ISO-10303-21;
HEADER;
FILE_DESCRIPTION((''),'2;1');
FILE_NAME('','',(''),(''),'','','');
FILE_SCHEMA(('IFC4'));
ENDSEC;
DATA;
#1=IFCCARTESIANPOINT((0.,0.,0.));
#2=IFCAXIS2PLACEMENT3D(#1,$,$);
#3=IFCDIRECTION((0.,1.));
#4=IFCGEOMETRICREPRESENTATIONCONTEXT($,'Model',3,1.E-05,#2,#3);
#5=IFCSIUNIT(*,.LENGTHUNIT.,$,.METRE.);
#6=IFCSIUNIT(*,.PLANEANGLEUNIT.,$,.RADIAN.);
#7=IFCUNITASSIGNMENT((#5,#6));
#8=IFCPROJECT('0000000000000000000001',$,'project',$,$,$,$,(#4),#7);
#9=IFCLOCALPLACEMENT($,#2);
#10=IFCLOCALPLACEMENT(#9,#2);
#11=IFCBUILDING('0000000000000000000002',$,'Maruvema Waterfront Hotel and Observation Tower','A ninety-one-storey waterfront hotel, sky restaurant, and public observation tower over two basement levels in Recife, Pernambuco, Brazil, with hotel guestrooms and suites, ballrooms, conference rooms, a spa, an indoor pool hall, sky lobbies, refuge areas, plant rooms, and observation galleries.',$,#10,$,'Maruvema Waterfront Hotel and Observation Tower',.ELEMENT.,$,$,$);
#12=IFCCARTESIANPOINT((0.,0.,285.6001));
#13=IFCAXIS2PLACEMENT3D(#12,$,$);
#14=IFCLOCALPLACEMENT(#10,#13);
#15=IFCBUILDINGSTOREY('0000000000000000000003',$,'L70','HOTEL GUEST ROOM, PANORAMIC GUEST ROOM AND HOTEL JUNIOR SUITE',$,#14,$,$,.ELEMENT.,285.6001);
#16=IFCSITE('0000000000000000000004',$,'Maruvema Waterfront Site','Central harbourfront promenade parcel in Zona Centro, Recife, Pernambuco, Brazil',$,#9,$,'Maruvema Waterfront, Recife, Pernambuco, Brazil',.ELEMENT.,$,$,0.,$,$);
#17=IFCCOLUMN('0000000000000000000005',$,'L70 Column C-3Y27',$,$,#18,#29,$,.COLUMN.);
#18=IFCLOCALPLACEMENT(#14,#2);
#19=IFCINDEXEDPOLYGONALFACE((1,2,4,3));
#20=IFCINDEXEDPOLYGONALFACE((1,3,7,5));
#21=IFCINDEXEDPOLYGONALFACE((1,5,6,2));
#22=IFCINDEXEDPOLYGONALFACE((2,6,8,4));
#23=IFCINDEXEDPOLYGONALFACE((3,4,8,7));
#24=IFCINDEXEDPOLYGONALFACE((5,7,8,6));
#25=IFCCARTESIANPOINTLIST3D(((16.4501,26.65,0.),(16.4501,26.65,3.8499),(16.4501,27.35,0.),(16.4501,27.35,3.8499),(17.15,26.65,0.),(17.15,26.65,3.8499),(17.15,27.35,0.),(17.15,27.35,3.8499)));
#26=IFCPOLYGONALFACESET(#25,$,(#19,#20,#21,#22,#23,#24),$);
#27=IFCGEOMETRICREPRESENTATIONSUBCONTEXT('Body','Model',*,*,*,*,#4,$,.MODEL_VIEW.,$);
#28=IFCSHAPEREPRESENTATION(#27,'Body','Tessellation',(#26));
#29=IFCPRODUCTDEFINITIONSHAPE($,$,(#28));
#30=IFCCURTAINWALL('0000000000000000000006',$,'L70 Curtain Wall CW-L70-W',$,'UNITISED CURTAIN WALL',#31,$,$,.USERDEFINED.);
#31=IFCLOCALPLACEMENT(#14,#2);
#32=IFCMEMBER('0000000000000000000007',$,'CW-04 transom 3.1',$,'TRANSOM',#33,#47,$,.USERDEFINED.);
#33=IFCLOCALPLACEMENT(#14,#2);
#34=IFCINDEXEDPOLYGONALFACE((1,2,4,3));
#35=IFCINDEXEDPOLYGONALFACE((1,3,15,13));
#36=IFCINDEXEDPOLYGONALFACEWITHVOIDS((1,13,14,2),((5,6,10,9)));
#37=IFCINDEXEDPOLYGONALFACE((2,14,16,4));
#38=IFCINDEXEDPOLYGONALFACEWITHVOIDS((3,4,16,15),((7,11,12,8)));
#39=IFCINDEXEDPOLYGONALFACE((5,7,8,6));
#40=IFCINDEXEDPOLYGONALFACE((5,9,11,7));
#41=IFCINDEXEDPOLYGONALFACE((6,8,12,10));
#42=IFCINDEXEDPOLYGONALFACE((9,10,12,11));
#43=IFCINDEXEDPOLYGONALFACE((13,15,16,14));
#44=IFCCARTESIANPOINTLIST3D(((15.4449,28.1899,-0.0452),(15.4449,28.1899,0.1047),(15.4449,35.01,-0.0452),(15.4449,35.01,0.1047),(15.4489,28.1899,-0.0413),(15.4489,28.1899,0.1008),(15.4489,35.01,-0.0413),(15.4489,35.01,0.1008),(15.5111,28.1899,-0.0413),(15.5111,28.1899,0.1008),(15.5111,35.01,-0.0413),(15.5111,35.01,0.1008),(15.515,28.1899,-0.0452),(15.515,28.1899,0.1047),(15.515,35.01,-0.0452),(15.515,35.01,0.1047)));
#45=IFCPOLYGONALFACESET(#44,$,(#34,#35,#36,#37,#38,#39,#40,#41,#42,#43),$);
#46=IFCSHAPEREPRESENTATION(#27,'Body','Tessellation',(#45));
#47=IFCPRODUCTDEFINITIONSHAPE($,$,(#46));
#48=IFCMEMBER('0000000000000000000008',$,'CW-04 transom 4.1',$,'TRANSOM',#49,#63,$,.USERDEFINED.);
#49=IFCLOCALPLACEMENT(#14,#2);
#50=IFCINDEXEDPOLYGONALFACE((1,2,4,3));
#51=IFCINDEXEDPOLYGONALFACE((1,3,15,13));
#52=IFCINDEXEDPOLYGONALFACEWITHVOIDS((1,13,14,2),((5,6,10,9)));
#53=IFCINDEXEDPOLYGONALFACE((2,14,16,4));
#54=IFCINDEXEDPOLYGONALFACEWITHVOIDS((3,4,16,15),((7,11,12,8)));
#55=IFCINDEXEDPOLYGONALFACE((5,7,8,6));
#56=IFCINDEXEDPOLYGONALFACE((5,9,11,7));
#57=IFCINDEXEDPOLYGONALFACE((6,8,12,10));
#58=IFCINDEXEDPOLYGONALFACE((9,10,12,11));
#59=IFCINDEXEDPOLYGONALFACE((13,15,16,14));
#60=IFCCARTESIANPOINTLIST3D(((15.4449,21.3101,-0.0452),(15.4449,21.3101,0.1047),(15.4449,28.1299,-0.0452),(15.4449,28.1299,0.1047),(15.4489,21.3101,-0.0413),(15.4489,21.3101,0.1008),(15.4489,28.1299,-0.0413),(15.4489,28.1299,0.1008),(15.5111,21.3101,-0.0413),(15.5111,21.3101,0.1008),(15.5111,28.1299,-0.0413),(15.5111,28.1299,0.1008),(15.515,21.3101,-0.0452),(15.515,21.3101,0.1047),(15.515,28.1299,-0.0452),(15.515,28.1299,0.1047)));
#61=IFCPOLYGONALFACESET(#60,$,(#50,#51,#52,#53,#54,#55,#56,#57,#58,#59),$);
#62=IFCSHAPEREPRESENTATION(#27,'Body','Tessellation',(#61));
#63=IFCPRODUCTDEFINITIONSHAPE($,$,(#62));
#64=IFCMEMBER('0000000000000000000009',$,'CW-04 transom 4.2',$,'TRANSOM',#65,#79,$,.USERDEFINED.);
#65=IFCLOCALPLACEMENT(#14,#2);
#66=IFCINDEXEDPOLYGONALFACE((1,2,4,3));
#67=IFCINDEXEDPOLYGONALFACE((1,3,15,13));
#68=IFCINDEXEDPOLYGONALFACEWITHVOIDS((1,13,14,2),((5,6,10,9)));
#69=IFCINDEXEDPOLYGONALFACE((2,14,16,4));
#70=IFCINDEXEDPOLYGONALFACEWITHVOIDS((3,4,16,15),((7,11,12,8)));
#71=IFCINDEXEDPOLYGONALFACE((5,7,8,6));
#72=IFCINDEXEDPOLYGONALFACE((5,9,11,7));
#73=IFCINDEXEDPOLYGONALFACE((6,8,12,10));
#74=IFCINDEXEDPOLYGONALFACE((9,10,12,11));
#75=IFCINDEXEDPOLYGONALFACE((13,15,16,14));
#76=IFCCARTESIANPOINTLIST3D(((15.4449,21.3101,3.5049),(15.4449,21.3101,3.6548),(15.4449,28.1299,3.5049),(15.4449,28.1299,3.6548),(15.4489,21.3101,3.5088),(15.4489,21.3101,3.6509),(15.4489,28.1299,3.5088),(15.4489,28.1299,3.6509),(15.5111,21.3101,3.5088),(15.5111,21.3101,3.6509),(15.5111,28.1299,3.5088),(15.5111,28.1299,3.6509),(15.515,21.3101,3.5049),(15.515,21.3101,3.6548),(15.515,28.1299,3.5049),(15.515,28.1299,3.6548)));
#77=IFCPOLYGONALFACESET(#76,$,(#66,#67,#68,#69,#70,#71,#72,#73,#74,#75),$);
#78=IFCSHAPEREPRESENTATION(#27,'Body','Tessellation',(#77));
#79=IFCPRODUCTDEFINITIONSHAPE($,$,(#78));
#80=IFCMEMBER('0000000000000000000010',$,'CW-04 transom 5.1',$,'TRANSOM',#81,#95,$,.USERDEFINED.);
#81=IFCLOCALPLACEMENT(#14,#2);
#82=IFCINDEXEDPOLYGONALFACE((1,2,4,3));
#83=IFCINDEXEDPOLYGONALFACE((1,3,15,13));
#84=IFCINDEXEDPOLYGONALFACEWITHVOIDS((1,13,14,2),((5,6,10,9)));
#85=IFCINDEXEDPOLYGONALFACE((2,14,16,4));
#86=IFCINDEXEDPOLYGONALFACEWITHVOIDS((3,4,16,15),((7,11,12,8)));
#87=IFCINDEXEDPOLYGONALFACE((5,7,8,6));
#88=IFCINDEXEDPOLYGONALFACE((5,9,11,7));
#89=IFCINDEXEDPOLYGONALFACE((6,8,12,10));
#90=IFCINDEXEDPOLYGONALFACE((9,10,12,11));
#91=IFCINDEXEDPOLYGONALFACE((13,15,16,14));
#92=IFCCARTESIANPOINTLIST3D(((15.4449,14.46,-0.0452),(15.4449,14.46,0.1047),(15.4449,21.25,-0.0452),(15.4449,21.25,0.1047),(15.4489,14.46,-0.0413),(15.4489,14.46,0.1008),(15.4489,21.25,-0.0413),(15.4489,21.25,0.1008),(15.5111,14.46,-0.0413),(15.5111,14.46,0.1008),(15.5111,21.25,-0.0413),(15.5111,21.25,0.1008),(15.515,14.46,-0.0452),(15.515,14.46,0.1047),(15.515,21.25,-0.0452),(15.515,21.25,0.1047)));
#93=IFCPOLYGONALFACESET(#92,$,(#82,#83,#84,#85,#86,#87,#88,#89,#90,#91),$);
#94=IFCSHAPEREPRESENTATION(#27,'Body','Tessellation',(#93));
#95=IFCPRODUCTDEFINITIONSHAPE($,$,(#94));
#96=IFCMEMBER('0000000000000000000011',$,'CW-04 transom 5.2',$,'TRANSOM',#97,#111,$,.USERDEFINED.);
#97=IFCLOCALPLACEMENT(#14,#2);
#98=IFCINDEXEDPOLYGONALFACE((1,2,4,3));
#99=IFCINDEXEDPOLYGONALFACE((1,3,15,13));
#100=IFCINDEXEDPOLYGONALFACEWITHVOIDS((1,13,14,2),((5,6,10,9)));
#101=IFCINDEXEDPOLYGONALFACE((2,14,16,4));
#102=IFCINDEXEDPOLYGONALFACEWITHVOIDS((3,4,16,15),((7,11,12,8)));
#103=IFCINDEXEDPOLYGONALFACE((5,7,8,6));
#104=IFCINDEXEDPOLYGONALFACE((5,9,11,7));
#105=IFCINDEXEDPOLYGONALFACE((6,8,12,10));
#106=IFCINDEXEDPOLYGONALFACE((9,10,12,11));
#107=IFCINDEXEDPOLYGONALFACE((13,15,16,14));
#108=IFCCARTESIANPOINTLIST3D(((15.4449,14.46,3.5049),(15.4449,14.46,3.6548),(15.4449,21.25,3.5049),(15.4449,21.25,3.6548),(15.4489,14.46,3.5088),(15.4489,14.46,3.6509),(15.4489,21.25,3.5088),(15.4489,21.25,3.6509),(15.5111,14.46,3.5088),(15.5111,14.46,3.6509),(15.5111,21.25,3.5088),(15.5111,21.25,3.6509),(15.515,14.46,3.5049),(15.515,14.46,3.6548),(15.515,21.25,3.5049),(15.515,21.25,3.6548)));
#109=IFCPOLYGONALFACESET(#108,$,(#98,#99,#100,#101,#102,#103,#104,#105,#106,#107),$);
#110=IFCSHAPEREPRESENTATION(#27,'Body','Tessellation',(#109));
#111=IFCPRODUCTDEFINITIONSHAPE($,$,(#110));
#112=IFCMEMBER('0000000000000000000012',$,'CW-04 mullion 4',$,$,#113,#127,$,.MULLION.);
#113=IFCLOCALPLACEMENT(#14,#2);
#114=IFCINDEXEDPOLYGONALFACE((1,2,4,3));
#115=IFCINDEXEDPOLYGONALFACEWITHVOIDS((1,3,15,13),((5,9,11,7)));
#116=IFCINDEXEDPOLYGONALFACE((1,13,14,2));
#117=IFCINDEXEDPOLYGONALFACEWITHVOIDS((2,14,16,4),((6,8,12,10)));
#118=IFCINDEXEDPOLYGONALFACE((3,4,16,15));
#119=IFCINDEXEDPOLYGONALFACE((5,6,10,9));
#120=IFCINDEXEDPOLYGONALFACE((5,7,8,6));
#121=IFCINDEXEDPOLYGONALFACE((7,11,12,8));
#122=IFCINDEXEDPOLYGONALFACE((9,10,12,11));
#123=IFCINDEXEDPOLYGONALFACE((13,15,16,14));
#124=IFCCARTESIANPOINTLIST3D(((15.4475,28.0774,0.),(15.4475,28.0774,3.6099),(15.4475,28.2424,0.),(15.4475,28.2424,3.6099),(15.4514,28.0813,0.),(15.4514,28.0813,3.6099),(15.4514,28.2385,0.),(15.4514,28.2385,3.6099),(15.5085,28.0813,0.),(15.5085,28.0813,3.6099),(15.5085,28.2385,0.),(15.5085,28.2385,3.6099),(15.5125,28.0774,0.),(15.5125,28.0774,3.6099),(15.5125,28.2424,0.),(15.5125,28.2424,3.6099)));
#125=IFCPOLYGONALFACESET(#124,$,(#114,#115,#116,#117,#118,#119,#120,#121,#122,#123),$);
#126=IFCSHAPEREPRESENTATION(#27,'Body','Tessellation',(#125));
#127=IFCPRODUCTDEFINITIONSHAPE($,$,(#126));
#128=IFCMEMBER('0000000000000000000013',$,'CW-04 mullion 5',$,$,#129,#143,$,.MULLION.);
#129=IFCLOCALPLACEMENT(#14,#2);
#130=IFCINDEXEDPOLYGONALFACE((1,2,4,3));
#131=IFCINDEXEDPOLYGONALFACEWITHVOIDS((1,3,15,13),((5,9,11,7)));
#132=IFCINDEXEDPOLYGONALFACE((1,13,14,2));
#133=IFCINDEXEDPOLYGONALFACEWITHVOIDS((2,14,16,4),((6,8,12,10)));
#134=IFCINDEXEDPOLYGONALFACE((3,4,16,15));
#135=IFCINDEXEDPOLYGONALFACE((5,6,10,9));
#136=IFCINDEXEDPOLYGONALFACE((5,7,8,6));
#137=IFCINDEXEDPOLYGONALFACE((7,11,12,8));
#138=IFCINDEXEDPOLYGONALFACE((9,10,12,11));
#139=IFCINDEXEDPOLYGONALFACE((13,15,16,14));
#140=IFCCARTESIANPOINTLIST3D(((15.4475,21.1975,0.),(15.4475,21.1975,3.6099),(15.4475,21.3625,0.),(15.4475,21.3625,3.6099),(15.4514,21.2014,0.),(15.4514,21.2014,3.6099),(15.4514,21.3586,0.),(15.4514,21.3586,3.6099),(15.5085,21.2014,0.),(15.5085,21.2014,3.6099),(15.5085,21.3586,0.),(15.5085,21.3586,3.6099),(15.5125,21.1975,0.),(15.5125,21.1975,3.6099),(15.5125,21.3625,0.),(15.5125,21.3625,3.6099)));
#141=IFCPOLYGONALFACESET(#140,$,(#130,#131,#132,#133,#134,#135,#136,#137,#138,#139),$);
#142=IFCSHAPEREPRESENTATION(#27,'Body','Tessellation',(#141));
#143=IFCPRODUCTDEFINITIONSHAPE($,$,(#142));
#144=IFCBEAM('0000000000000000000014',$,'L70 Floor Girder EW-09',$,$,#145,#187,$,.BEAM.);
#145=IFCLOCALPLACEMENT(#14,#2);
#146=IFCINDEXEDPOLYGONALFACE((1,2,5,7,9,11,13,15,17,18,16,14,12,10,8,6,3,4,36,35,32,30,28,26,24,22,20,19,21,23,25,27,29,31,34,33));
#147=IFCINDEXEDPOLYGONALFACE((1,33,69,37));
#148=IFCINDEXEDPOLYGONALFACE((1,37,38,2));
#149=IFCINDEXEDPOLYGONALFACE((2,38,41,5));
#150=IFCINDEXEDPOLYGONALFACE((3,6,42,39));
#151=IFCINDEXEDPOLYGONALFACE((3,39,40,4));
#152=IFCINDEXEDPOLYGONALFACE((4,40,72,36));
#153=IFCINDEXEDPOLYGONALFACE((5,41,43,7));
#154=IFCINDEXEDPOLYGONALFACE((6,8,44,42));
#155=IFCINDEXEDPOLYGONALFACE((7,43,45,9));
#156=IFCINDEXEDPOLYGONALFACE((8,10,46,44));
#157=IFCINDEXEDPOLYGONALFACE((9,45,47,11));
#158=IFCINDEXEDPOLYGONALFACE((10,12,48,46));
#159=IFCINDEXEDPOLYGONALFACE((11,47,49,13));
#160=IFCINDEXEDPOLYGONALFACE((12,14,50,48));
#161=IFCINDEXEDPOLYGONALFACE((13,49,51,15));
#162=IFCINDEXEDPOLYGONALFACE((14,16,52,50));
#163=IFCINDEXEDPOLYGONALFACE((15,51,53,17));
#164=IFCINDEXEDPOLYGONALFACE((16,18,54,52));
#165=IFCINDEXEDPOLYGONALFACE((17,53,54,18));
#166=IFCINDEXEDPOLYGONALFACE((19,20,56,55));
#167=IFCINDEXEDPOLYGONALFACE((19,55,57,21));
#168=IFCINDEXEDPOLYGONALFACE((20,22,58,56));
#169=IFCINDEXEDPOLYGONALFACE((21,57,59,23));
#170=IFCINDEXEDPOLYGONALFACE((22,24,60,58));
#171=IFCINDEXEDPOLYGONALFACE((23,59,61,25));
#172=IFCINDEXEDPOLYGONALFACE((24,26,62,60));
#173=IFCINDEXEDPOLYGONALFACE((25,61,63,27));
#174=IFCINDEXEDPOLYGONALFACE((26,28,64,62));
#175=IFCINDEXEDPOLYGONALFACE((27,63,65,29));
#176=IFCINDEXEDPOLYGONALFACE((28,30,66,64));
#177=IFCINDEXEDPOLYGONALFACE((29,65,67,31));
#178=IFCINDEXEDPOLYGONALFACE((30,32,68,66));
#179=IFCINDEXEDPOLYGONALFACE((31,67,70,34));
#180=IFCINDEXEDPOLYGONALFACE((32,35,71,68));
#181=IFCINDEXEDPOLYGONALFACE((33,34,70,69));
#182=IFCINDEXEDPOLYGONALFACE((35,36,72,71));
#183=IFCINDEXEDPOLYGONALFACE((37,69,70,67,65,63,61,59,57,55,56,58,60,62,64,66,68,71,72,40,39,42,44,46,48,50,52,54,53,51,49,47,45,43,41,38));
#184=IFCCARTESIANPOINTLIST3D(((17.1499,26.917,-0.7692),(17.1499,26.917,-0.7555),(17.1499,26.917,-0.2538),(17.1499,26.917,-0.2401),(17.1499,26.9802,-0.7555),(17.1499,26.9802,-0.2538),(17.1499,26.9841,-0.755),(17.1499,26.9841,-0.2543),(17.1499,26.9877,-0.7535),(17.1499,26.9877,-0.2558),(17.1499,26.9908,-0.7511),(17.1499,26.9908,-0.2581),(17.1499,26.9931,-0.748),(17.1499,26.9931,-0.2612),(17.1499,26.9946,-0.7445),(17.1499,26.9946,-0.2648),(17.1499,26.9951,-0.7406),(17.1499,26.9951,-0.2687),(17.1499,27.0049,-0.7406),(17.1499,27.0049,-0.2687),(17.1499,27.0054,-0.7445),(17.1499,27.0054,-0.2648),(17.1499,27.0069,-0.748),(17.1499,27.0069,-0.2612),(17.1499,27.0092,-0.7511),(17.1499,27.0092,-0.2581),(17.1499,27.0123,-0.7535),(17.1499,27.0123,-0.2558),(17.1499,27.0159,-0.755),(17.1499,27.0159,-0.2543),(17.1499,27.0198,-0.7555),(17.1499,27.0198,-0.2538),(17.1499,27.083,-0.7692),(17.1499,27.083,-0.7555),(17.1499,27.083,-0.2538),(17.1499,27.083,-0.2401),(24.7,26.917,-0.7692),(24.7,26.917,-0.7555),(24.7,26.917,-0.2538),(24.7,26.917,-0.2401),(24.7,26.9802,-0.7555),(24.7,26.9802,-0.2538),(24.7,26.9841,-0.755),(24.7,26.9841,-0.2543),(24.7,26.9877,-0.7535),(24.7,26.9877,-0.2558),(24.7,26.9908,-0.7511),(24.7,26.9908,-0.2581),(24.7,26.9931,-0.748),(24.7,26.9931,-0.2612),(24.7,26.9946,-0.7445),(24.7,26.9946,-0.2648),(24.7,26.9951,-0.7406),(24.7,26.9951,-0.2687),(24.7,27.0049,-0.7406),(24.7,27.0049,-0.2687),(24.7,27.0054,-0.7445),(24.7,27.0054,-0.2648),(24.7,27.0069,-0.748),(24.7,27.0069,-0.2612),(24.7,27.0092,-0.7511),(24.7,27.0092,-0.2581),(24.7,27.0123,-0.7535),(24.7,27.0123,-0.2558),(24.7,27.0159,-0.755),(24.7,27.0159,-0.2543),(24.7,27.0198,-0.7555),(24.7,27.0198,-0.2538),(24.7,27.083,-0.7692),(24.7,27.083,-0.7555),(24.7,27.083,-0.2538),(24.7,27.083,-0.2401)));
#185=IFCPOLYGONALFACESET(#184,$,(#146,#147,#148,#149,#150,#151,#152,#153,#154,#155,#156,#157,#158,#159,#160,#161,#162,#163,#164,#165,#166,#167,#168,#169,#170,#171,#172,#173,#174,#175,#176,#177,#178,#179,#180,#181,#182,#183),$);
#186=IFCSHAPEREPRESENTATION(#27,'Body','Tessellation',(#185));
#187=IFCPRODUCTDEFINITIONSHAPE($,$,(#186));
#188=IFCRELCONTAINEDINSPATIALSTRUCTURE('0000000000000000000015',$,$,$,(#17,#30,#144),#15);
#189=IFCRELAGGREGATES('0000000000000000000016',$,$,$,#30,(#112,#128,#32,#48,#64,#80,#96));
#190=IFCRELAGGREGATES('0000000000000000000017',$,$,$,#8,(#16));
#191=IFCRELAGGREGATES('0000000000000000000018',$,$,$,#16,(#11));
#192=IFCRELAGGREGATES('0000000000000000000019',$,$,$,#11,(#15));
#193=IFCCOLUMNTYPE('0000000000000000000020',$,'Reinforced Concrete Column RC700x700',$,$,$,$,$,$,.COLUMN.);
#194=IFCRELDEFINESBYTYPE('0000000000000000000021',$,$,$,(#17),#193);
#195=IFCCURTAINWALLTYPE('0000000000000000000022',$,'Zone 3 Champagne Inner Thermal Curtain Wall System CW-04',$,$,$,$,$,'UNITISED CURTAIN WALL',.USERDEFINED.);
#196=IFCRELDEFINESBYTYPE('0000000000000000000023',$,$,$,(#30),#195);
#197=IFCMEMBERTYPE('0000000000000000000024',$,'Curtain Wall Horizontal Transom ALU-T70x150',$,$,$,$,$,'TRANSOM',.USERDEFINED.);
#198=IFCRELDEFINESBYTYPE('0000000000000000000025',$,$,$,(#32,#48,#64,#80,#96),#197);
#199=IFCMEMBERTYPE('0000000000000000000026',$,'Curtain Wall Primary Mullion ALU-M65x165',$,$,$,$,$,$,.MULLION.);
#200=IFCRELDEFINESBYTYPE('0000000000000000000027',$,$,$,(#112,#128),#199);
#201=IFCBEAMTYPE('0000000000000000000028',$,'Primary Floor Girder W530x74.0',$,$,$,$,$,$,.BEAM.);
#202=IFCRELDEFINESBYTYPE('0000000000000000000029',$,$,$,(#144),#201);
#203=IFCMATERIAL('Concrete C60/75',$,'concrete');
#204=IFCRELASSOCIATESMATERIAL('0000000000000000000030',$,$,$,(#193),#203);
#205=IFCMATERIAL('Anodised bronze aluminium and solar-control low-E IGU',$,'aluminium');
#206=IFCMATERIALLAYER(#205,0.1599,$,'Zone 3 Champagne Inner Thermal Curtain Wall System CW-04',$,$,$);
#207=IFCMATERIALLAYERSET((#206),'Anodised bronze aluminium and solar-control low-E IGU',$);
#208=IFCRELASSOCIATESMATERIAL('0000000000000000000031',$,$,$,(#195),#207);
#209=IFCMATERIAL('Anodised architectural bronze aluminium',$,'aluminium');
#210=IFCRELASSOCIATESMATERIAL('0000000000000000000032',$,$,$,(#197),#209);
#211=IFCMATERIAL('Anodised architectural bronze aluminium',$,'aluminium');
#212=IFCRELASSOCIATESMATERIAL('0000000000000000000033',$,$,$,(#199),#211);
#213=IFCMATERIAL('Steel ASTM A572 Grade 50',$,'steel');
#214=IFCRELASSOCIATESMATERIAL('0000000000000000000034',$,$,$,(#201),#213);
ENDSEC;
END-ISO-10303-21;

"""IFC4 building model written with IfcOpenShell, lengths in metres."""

from ifc_helpers import new_model, si_unit, direction, frame, origin, origin_2d, place, context, subcontext, project, spatial, rectangle, hollow_rectangle, i_section, extrude, material, layer, layer_set, material_profile, profile_set, type_object, element, aggregate, save


model = new_model("IFC4")

# Units and contexts
model_context = context("Model", 3, precision=1e-05, world=origin(), true_north=direction((0.0, 1.0)))
body_context = subcontext(model_context, "Body", "Model", "MODEL_VIEW")
ifc_project = project(units=[si_unit("LENGTHUNIT", "METRE"), si_unit("PLANEANGLEUNIT", "RADIAN")], contexts=[model_context])

# Site, building, storey
site_placement = place(None, origin())
site = spatial("IfcSite", under=ifc_project, at=site_placement, Name="Maruvema Waterfront Site", Description="Central harbourfront promenade parcel in Zona Centro, Recife, Pernambuco, Brazil", LongName="Maruvema Waterfront, Recife, Pernambuco, Brazil", CompositionType="ELEMENT", RefElevation=0.0)
building_placement = place(site_placement, origin())
building = spatial("IfcBuilding", under=site, at=building_placement, Name="Maruvema Waterfront Hotel and Observation Tower", Description="A ninety-one-storey waterfront hotel, sky restaurant, and public observation tower over two basement levels in Recife, Pernambuco, Brazil, with hotel guestrooms and suites, ballrooms, conference rooms, a spa, an indoor pool hall, sky lobbies, refuge areas, plant rooms, and observation galleries.", LongName="Maruvema Waterfront Hotel and Observation Tower", CompositionType="ELEMENT")
storey_placement = place(building_placement, frame((0.0, 0.0, 285.6001)))
storey = spatial("IfcBuildingStorey", under=building, at=storey_placement, Name="L70", Description="HOTEL GUEST ROOM, PANORAMIC GUEST ROOM AND HOTEL JUNIOR SUITE", CompositionType="ELEMENT", Elevation=285.6001)

# Column
ifc_material_1 = material(Name="Concrete C60/75", Category="concrete")
ifc_material_profile_1 = material_profile(ifc_material_1, rectangle(XDim=0.7, YDim=0.7, at=origin_2d()), Name="RC700x700")
ifc_profile_set_1 = profile_set([ifc_material_profile_1], Name="Concrete C60/75")
column_type = type_object("IfcColumnType", Name="Reinforced Concrete Column RC700x700", PredefinedType="COLUMN", material=ifc_profile_set_1)
column_placement = place(storey_placement, frame((16.8, 27.0, 0.0), z_axis=(0.0, 0.0, 1.0), x_axis=(1.0, 0.0, 0.0)))
element("IfcColumn", 1, at=column_placement, inside=storey, type_object=column_type, Name="L70 Column C-3Y27", PredefinedType="COLUMN", context=body_context, shape_type="SweptSolid", body=[
    extrude(rectangle(XDim=0.7, YDim=0.7, at=origin_2d()), origin(), (0.0, 0.0, 1.0), 3.8499),
])

# Curtain wall, members
ifc_material_2 = material(Name="Anodised bronze aluminium and solar-control low-E IGU", Category="aluminium")
ifc_layer_1 = layer(ifc_material_2, 0.1599, Name="Zone 3 Champagne Inner Thermal Curtain Wall System CW-04")
ifc_layer_set_1 = layer_set([ifc_layer_1], Name="Anodised bronze aluminium and solar-control low-E IGU")
curtain_wall_type = type_object("IfcCurtainWallType", Name="Zone 3 Champagne Inner Thermal Curtain Wall System CW-04", ElementType="UNITISED CURTAIN WALL", PredefinedType="USERDEFINED", material=ifc_layer_set_1)
curtain_wall_placement = place(storey_placement, origin())
curtain_wall = element("IfcCurtainWall", 2, at=curtain_wall_placement, inside=storey, type_object=curtain_wall_type, Name="L70 Curtain Wall CW-L70-W", ObjectType="UNITISED CURTAIN WALL", PredefinedType="USERDEFINED")
ifc_material_3 = material(Name="Anodised architectural bronze aluminium", Category="aluminium")
ifc_material_profile_2 = material_profile(ifc_material_3, hollow_rectangle(XDim=0.0701, YDim=0.1499, WallThickness=0.0039, at=origin_2d()), Name="ALU-T70x150")
ifc_profile_set_2 = profile_set([ifc_material_profile_2], Name="Anodised architectural bronze aluminium")
member_type_1 = type_object("IfcMemberType", Name="Curtain Wall Horizontal Transom ALU-T70x150", ElementType="TRANSOM", PredefinedType="USERDEFINED", material=ifc_profile_set_2)
member_1_placement = place(storey_placement, frame((15.48, 35.01, 0.0298), z_axis=(0.0, -1.0, 0.0), x_axis=(1.0, 0.0, 0.0)))
member_1 = element("IfcMember", 3, at=member_1_placement, type_object=member_type_1, Name="CW-04 transom 3.1", ObjectType="TRANSOM", PredefinedType="USERDEFINED", context=body_context, shape_type="SweptSolid", body=[
    extrude(hollow_rectangle(XDim=0.0701, YDim=0.1499, WallThickness=0.0039, at=origin_2d()), origin(), (0.0, 0.0, 1.0), 6.8201),
])
member_2_placement = place(storey_placement, frame((15.48, 28.1299, 0.0298), z_axis=(0.0, -1.0, 0.0), x_axis=(1.0, 0.0, 0.0)))
member_2 = element("IfcMember", 4, at=member_2_placement, type_object=member_type_1, Name="CW-04 transom 4.1", ObjectType="TRANSOM", PredefinedType="USERDEFINED", context=body_context, shape_type="SweptSolid", body=[
    extrude(hollow_rectangle(XDim=0.0701, YDim=0.1499, WallThickness=0.0039, at=origin_2d()), origin(), (0.0, 0.0, 1.0), 6.8198),
])
member_3_placement = place(storey_placement, frame((15.48, 28.1299, 3.5798), z_axis=(0.0, -1.0, 0.0), x_axis=(1.0, 0.0, 0.0)))
member_3 = element("IfcMember", 5, at=member_3_placement, type_object=member_type_1, Name="CW-04 transom 4.2", ObjectType="TRANSOM", PredefinedType="USERDEFINED", context=body_context, shape_type="SweptSolid", body=[
    extrude(hollow_rectangle(XDim=0.0701, YDim=0.1499, WallThickness=0.0039, at=origin_2d()), origin(), (0.0, 0.0, 1.0), 6.8198),
])
member_4_placement = place(storey_placement, frame((15.48, 21.25, 0.0298), z_axis=(0.0, -1.0, 0.0), x_axis=(1.0, 0.0, 0.0)))
member_4 = element("IfcMember", 6, at=member_4_placement, type_object=member_type_1, Name="CW-04 transom 5.1", ObjectType="TRANSOM", PredefinedType="USERDEFINED", context=body_context, shape_type="SweptSolid", body=[
    extrude(hollow_rectangle(XDim=0.0701, YDim=0.1499, WallThickness=0.0039, at=origin_2d()), origin(), (0.0, 0.0, 1.0), 6.79),
])
member_5_placement = place(storey_placement, frame((15.48, 21.25, 3.5798), z_axis=(0.0, -1.0, 0.0), x_axis=(1.0, 0.0, 0.0)))
member_5 = element("IfcMember", 7, at=member_5_placement, type_object=member_type_1, Name="CW-04 transom 5.2", ObjectType="TRANSOM", PredefinedType="USERDEFINED", context=body_context, shape_type="SweptSolid", body=[
    extrude(hollow_rectangle(XDim=0.0701, YDim=0.1499, WallThickness=0.0039, at=origin_2d()), origin(), (0.0, 0.0, 1.0), 6.79),
])
ifc_material_4 = material(Name="Anodised architectural bronze aluminium", Category="aluminium")
ifc_material_profile_3 = material_profile(ifc_material_4, hollow_rectangle(XDim=0.0649, YDim=0.165, WallThickness=0.0039, at=origin_2d()), Name="ALU-M65x165")
ifc_profile_set_3 = profile_set([ifc_material_profile_3], Name="Anodised architectural bronze aluminium")
member_type_2 = type_object("IfcMemberType", Name="Curtain Wall Primary Mullion ALU-M65x165", PredefinedType="MULLION", material=ifc_profile_set_3)
member_6_placement = place(storey_placement, frame((15.48, 28.1599, 0.0), z_axis=(0.0, 0.0, 1.0), x_axis=(1.0, 0.0, 0.0)))
member_6 = element("IfcMember", 8, at=member_6_placement, type_object=member_type_2, Name="CW-04 mullion 4", PredefinedType="MULLION", context=body_context, shape_type="SweptSolid", body=[
    extrude(hollow_rectangle(XDim=0.0649, YDim=0.165, WallThickness=0.0039, at=origin_2d()), origin(), (0.0, 0.0, 1.0), 3.6099),
])
member_7_placement = place(storey_placement, frame((15.48, 21.28, 0.0), z_axis=(0.0, 0.0, 1.0), x_axis=(1.0, 0.0, 0.0)))
member_7 = element("IfcMember", 9, at=member_7_placement, type_object=member_type_2, Name="CW-04 mullion 5", PredefinedType="MULLION", context=body_context, shape_type="SweptSolid", body=[
    extrude(hollow_rectangle(XDim=0.0649, YDim=0.165, WallThickness=0.0039, at=origin_2d()), origin(), (0.0, 0.0, 1.0), 3.6099),
])

# Beam
ifc_material_5 = material(Name="Steel ASTM A572 Grade 50", Category="steel")
ifc_material_profile_4 = material_profile(ifc_material_5, i_section(OverallWidth=0.166, OverallDepth=0.5291, WebThickness=0.0098, FlangeThickness=0.0137, FilletRadius=0.0149, at=origin_2d()), Name="W530x74.0")
ifc_profile_set_4 = profile_set([ifc_material_profile_4], Name="Steel ASTM A572 Grade 50")
beam_type_1 = type_object("IfcBeamType", Name="Primary Floor Girder W530x74.0", PredefinedType="BEAM", material=ifc_profile_set_4)
beam_1_placement = place(storey_placement, frame((17.1499, 27.0, -0.5046), z_axis=(1.0, 0.0, 0.0), x_axis=(0.0, 1.0, 0.0)))
element("IfcBeam", 10, at=beam_1_placement, inside=storey, type_object=beam_type_1, Name="L70 Floor Girder EW-09", PredefinedType="BEAM", context=body_context, shape_type="SweptSolid", body=[
    extrude(i_section(OverallWidth=0.166, OverallDepth=0.5291, WebThickness=0.0098, FlangeThickness=0.0137, FilletRadius=0.0149, at=origin_2d()), origin(), (0.0, 0.0, 1.0), 7.55),
])

aggregate(curtain_wall, [member_6, member_7, member_1, member_2, member_3, member_4, member_5])

save(model, "model.ifc")
